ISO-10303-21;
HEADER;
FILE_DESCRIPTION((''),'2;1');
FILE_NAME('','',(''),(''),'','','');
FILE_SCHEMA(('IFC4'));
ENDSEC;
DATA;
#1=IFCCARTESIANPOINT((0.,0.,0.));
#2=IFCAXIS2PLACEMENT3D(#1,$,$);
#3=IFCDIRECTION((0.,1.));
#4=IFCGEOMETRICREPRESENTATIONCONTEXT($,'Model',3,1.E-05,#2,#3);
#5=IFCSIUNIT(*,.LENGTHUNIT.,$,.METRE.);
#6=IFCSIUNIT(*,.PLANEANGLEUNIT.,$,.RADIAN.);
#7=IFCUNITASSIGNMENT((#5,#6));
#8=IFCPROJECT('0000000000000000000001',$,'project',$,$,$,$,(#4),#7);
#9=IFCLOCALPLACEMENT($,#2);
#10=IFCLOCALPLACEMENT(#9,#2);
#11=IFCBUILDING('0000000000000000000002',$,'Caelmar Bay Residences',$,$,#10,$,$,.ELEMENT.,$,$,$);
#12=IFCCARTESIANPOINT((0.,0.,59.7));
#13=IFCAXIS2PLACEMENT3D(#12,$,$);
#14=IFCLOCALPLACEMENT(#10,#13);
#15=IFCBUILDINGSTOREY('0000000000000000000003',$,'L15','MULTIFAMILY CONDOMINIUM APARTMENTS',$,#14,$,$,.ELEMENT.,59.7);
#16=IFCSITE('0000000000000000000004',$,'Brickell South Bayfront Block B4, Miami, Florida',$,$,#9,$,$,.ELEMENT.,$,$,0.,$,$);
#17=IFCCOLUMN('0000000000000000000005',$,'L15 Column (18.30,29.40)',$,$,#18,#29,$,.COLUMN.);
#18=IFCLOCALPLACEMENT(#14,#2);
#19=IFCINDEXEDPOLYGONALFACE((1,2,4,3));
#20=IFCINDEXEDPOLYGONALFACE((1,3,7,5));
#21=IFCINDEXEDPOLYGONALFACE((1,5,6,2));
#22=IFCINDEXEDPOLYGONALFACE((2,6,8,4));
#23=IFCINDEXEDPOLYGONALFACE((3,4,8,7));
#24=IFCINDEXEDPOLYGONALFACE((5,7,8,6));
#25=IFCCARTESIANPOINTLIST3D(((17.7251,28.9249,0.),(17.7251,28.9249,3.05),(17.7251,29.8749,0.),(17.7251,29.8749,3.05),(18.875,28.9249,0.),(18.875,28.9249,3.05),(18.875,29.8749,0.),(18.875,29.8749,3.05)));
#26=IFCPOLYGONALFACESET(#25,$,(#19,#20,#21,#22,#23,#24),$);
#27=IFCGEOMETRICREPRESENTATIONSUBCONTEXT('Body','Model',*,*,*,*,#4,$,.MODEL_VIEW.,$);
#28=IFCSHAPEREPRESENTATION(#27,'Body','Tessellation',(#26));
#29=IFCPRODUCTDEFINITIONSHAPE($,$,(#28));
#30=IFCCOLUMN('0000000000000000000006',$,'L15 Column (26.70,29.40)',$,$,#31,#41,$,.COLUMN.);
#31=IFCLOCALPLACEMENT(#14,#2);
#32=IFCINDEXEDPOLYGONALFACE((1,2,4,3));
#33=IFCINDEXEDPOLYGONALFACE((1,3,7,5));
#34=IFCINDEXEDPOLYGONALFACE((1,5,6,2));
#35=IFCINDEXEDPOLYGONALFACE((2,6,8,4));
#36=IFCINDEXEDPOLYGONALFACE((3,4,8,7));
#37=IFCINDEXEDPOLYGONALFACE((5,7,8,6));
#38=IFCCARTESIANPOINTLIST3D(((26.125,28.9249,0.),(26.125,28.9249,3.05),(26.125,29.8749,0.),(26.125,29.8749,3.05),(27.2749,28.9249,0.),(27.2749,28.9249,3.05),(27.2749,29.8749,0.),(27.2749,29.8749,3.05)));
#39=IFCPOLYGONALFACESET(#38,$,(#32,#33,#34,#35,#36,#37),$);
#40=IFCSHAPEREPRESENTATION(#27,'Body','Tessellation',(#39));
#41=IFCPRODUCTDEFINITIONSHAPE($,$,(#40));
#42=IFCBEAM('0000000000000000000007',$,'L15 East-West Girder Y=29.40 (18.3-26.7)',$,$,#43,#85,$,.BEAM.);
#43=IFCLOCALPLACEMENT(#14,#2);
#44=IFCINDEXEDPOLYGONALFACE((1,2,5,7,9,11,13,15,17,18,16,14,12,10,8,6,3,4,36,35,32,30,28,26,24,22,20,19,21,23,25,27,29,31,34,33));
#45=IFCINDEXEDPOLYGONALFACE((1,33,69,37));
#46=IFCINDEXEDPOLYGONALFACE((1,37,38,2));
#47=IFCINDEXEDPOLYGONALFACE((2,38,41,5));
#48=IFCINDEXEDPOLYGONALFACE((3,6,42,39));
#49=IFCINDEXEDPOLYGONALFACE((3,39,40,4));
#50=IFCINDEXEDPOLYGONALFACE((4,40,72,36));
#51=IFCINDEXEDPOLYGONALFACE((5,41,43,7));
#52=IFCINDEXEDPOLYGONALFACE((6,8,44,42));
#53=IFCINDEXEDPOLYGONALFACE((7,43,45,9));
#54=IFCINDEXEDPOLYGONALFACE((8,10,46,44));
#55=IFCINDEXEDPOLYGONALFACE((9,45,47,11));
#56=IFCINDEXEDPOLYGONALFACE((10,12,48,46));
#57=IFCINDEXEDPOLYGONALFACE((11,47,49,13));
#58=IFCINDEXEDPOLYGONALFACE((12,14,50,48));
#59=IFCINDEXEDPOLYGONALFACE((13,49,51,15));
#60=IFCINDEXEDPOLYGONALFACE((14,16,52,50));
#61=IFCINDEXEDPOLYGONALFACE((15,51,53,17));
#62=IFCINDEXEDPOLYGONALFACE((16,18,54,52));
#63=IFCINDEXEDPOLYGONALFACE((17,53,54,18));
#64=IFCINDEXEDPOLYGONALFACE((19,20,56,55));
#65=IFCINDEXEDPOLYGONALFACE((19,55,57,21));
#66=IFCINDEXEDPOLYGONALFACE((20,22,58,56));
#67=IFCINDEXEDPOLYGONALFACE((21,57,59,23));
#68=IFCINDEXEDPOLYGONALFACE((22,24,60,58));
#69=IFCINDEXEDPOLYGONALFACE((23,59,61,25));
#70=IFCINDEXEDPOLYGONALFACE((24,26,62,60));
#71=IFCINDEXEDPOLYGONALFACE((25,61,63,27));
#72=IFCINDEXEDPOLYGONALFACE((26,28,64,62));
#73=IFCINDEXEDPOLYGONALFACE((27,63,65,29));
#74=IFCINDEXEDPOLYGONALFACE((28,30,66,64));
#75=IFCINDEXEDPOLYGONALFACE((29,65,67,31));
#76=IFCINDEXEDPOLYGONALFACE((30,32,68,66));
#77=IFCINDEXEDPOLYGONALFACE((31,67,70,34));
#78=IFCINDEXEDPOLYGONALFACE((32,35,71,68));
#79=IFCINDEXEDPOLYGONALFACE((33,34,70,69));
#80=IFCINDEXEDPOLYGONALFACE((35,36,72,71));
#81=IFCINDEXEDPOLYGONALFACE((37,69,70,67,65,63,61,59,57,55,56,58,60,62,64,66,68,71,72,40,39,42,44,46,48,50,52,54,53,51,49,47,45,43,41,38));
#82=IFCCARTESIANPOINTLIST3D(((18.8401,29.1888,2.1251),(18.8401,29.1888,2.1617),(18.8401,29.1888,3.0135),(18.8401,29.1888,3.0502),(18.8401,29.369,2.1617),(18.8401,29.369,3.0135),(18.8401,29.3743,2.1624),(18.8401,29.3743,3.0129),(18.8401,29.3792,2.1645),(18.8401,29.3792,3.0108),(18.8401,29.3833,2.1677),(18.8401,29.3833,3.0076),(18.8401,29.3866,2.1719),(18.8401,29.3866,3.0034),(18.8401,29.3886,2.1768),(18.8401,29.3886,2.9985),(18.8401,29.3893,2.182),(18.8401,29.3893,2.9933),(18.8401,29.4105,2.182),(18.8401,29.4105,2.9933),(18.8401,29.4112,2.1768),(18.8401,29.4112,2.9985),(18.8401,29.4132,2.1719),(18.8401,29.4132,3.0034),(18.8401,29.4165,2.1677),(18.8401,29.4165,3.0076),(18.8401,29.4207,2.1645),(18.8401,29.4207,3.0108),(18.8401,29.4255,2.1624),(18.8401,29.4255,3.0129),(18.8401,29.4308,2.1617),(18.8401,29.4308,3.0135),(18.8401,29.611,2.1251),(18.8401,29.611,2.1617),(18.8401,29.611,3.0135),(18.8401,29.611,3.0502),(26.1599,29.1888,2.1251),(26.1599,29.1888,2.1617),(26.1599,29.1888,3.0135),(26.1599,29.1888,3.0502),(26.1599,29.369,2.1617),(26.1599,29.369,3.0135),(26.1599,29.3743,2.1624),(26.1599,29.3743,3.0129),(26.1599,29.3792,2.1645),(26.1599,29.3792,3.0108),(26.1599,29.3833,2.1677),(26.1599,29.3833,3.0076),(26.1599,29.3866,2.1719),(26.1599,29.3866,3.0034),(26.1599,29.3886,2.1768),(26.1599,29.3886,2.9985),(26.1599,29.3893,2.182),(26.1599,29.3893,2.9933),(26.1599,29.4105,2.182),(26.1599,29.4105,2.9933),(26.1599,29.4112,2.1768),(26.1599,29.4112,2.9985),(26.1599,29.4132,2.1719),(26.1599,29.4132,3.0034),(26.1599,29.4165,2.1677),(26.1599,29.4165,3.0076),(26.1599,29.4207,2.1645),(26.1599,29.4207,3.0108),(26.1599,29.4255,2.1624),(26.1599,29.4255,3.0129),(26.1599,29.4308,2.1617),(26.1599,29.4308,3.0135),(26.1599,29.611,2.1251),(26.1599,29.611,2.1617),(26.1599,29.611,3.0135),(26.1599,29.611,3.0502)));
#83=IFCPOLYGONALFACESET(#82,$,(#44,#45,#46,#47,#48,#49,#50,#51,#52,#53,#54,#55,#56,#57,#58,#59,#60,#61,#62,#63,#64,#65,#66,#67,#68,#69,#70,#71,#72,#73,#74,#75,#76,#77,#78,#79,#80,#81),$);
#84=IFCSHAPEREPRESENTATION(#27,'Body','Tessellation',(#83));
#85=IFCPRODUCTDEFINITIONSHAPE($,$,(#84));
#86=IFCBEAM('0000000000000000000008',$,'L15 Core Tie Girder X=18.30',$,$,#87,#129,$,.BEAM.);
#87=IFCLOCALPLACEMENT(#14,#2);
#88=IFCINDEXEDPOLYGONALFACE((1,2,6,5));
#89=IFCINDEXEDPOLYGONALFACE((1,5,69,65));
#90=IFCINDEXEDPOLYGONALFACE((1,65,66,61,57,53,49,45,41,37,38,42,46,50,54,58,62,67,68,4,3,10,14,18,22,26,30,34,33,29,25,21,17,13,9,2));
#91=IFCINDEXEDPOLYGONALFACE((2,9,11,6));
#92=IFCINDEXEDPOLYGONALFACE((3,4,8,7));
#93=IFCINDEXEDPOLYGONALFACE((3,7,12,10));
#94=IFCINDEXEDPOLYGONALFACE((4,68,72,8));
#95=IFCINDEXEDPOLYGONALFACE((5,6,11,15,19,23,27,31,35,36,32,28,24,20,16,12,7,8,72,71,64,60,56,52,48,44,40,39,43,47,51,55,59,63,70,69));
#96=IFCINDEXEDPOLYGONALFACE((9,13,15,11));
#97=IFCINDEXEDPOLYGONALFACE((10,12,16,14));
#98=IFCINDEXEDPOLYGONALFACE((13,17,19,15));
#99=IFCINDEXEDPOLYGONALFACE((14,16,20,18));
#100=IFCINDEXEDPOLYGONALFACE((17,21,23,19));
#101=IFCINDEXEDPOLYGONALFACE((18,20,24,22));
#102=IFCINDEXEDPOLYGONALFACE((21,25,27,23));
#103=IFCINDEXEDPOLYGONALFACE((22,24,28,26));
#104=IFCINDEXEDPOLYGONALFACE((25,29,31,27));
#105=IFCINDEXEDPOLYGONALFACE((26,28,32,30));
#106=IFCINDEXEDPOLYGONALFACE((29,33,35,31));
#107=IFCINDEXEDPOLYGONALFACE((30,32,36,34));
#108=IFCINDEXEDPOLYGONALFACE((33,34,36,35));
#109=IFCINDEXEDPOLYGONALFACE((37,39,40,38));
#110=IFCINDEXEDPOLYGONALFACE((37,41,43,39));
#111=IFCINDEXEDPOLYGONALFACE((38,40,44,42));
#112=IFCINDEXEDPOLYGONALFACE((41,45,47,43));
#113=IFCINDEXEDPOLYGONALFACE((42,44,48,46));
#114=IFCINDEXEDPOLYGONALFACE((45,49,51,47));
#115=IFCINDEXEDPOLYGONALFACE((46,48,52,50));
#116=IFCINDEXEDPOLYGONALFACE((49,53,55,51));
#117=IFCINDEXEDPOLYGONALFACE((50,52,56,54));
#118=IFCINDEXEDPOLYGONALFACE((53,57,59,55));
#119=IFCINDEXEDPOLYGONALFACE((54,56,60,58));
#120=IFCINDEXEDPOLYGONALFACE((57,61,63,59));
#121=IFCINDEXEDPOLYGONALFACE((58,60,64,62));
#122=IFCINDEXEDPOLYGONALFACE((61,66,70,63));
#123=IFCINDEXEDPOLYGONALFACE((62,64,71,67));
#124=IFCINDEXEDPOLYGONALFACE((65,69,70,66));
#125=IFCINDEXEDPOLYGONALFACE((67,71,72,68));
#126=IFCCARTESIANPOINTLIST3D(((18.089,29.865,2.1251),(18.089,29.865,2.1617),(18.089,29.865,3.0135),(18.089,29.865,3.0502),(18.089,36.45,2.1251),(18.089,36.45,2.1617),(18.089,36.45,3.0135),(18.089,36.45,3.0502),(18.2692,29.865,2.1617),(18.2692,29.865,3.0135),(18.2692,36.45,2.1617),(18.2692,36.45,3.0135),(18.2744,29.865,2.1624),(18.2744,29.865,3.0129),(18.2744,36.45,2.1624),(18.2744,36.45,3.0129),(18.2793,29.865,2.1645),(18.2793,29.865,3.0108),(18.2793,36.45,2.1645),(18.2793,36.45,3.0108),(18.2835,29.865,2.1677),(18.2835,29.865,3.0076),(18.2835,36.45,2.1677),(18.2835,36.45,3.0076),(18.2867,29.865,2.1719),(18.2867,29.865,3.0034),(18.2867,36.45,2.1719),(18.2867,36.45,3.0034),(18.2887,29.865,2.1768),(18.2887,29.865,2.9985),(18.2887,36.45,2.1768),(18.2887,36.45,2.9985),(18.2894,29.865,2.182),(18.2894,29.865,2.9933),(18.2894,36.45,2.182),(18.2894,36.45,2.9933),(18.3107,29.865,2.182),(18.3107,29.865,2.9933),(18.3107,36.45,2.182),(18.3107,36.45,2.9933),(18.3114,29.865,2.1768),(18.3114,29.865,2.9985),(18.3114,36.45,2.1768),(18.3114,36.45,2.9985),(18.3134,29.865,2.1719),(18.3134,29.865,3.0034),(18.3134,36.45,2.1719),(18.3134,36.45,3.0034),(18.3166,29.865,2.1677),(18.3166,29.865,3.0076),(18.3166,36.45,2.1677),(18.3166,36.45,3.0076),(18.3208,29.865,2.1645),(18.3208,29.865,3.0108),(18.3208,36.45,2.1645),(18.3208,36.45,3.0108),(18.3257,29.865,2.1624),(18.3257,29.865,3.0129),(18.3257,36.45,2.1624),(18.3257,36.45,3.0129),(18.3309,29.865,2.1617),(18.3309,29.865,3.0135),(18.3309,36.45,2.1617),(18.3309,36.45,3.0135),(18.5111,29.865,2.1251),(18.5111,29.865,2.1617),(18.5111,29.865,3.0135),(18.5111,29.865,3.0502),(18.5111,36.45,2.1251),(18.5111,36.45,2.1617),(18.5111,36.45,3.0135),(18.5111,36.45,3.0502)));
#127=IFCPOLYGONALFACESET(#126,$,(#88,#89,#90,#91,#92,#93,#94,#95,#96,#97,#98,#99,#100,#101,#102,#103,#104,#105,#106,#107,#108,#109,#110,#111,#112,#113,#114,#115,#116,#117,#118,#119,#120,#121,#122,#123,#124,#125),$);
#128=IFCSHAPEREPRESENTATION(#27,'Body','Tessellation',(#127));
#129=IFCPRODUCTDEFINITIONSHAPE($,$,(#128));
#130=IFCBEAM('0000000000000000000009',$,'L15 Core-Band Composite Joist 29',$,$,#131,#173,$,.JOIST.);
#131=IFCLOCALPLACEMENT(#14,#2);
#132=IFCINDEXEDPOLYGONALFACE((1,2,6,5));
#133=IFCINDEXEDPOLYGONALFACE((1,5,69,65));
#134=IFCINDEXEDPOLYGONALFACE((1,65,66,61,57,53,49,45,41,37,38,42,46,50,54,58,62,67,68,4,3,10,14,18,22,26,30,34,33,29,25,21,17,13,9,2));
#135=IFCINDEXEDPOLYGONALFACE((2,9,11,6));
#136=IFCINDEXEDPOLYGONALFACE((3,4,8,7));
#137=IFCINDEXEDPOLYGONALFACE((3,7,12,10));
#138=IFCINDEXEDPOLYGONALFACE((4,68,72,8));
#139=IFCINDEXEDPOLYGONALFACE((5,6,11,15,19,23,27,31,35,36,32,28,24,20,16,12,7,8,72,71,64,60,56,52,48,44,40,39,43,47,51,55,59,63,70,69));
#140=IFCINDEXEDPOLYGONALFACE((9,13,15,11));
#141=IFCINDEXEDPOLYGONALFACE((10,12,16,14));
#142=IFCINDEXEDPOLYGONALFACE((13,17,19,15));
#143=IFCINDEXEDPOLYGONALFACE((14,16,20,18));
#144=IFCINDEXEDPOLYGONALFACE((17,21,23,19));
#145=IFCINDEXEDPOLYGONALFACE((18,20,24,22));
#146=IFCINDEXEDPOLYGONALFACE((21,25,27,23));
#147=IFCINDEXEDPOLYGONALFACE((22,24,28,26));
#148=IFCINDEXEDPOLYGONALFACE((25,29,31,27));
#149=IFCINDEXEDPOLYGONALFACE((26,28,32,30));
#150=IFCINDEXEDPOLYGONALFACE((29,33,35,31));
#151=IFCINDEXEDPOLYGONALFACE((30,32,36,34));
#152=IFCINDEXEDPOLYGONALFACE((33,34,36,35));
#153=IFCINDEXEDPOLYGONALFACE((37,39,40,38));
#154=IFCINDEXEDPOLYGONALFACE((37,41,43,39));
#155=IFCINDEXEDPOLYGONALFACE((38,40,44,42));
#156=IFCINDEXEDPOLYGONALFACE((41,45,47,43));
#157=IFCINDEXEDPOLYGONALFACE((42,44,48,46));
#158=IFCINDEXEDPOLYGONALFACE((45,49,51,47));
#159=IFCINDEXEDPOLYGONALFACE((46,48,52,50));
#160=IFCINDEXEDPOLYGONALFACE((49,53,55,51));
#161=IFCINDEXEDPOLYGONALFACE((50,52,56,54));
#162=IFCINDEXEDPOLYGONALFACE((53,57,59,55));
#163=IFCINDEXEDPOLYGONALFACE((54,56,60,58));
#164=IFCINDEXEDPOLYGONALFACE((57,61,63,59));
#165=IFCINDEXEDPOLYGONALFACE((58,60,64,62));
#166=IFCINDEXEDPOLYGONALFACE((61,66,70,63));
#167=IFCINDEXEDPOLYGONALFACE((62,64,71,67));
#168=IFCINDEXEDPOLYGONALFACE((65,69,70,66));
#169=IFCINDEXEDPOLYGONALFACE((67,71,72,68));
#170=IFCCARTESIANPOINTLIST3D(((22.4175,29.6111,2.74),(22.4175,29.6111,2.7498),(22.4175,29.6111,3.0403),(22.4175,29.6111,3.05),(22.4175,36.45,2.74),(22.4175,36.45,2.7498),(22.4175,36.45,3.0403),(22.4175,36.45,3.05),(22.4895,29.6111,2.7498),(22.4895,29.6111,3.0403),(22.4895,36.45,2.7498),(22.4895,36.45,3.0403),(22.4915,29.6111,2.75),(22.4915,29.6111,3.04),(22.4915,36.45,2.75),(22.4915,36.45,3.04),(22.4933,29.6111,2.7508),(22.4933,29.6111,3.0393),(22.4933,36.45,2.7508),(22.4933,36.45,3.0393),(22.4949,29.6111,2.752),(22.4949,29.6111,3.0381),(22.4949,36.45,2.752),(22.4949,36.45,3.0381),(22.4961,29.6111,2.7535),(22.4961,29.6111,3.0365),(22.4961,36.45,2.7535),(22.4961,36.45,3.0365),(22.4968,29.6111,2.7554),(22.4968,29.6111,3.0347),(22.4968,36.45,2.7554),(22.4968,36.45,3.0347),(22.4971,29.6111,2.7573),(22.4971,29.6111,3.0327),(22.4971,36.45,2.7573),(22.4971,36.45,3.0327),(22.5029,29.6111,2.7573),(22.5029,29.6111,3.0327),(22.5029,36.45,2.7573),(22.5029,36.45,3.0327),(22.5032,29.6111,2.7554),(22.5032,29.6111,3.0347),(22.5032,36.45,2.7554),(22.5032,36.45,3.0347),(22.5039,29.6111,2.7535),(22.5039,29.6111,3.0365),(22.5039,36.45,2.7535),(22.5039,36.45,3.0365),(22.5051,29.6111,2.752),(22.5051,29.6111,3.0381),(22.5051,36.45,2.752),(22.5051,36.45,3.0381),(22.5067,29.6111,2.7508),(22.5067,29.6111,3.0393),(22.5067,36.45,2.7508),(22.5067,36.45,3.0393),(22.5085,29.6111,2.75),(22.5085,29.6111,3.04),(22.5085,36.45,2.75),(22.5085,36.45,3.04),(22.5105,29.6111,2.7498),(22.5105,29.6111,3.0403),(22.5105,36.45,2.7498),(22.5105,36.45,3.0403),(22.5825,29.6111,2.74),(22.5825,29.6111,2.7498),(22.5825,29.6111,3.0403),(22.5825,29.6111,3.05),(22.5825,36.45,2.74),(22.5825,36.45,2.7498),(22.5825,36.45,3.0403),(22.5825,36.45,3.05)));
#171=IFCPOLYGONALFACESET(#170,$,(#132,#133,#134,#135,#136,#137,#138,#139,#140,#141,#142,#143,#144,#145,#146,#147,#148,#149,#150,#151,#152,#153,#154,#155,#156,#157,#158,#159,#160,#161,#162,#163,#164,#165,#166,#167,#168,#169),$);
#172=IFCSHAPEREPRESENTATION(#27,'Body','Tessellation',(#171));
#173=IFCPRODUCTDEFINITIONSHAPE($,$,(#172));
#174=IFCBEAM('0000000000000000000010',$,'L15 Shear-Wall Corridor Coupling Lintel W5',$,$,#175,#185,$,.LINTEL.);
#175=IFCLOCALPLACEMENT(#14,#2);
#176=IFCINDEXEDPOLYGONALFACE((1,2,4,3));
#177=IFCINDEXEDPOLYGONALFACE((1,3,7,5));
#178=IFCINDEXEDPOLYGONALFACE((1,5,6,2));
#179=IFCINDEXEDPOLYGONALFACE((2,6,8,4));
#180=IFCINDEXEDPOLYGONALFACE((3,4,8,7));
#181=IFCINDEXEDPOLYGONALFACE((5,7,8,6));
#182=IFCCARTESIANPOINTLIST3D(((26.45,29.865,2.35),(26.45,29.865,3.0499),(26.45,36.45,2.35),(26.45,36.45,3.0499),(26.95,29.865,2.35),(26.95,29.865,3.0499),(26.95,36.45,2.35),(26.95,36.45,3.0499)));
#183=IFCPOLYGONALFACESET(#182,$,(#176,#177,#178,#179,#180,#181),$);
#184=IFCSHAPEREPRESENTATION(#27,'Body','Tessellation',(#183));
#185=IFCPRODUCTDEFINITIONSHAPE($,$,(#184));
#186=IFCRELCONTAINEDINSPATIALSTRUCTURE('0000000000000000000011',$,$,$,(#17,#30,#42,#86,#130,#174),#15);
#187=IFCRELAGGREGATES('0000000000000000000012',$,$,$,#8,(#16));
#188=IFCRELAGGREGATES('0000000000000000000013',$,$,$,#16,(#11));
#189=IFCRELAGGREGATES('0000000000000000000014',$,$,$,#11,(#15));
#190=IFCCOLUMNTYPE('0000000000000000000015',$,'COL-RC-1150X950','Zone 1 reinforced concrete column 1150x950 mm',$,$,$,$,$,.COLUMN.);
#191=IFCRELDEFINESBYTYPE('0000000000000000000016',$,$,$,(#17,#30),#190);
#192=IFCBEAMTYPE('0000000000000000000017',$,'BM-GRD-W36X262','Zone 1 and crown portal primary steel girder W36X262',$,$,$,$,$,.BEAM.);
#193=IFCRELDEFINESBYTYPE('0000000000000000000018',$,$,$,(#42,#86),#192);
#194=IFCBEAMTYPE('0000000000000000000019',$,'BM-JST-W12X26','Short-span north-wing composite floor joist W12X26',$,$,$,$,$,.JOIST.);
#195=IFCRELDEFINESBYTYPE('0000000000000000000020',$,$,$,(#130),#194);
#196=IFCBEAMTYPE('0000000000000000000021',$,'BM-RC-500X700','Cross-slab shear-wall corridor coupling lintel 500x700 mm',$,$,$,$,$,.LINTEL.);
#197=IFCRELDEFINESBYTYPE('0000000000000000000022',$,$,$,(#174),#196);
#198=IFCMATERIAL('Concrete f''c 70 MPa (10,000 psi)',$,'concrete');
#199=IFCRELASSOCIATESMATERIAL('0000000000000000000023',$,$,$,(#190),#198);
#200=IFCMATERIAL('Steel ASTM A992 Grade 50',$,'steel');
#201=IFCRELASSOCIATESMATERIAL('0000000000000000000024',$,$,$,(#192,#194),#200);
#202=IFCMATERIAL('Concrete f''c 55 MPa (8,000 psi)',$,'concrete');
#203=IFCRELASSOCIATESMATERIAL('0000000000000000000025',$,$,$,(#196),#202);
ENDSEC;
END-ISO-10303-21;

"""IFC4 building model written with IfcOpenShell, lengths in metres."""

from ifc_helpers import new_model, si_unit, direction, frame, origin, origin_2d, place, context, subcontext, project, spatial, rectangle, i_section, extrude, material, material_profile, profile_set, type_object, element, save


model = new_model("IFC4")

# Units and contexts
model_context = context("Model", 3, precision=1e-05, world=origin(), true_north=direction((0.0, 1.0)))
body_context = subcontext(model_context, "Body", "Model", "MODEL_VIEW")
ifc_project = project(units=[si_unit("LENGTHUNIT", "METRE"), si_unit("PLANEANGLEUNIT", "RADIAN")], contexts=[model_context])

# Site, building, storey
site_placement = place(None, origin())
site = spatial("IfcSite", under=ifc_project, at=site_placement, Name="Brickell South Bayfront Block B4, Miami, Florida", CompositionType="ELEMENT", RefElevation=0.0)
building_placement = place(site_placement, origin())
building = spatial("IfcBuilding", under=site, at=building_placement, Name="Caelmar Bay Residences", CompositionType="ELEMENT")
storey_placement = place(building_placement, frame((0.0, 0.0, 59.7)))
storey = spatial("IfcBuildingStorey", under=building, at=storey_placement, Name="L15", Description="MULTIFAMILY CONDOMINIUM APARTMENTS", CompositionType="ELEMENT", Elevation=59.7)

# Columns
ifc_material_1 = material(Name="Concrete f'c 70 MPa (10,000 psi)", Category="concrete")
ifc_material_profile_1 = material_profile(ifc_material_1, rectangle(XDim=1.1499, YDim=0.95, at=origin_2d()), Name="RC-COL-1150X950")
ifc_profile_set_1 = profile_set([ifc_material_profile_1], Name="Concrete f'c 70 MPa (10,000 psi)")
column_type = type_object("IfcColumnType", Name="COL-RC-1150X950", Description="Zone 1 reinforced concrete column 1150x950 mm", PredefinedType="COLUMN", material=ifc_profile_set_1)
for number, where, z_axis, x_axis, name in (
    (1, (18.3, 29.3999, 0.0), (0.0, 0.0, 1.0), (1.0, 0.0, 0.0), "L15 Column (18.30,29.40)"),
    (2, (26.7, 29.3999, 0.0), (0.0, 0.0, 1.0), (1.0, 0.0, 0.0), "L15 Column (26.70,29.40)"),
):
    element("IfcColumn", number, at=place(storey_placement, frame(where, z_axis=z_axis, x_axis=x_axis)), inside=storey, type_object=column_type, Name=name, PredefinedType="COLUMN", context=body_context, shape_type="SweptSolid", body=[
        extrude(rectangle(XDim=1.1499, YDim=0.95, at=origin_2d()), origin(), (0.0, 0.0, 1.0), 3.05),
    ])

# Beams
ifc_material_2 = material(Name="Steel ASTM A992 Grade 50", Category="steel")
ifc_material_profile_2 = material_profile(ifc_material_2, i_section(OverallWidth=0.4221, OverallDepth=0.925, WebThickness=0.0212, FlangeThickness=0.0366, FilletRadius=0.0203, at=origin_2d()), Name="W36X262")
ifc_profile_set_2 = profile_set([ifc_material_profile_2], Name="Steel ASTM A992 Grade 50")
beam_type_1 = type_object("IfcBeamType", Name="BM-GRD-W36X262", Description="Zone 1 and crown portal primary steel girder W36X262", PredefinedType="BEAM", material=ifc_profile_set_2)
beam_1_placement = place(storey_placement, frame((18.8401, 29.3999, 2.5876), z_axis=(1.0, 0.0, 0.0), x_axis=(0.0, 1.0, 0.0)))
element("IfcBeam", 3, at=beam_1_placement, inside=storey, type_object=beam_type_1, Name="L15 East-West Girder Y=29.40 (18.3-26.7)", PredefinedType="BEAM", context=body_context, shape_type="SweptSolid", body=[
    extrude(i_section(OverallWidth=0.4221, OverallDepth=0.925, WebThickness=0.0212, FlangeThickness=0.0366, FilletRadius=0.0203, at=origin_2d()), origin(), (0.0, 0.0, 1.0), 7.3198),
])
beam_2_placement = place(storey_placement, frame((18.3, 29.865, 2.5876), z_axis=(0.0, 1.0, 0.0), x_axis=(-1.0, 0.0, 0.0)))
element("IfcBeam", 4, at=beam_2_placement, inside=storey, type_object=beam_type_1, Name="L15 Core Tie Girder X=18.30", PredefinedType="BEAM", context=body_context, shape_type="SweptSolid", body=[
    extrude(i_section(OverallWidth=0.4221, OverallDepth=0.925, WebThickness=0.0212, FlangeThickness=0.0366, FilletRadius=0.0203, at=origin_2d()), origin(), (0.0, 0.0, 1.0), 6.585),
])
ifc_material_profile_3 = material_profile(ifc_material_2, i_section(OverallWidth=0.165, OverallDepth=0.3101, WebThickness=0.0059, FlangeThickness=0.0098, FilletRadius=0.0076, at=origin_2d()), Name="W12X26")
ifc_profile_set_3 = profile_set([ifc_material_profile_3], Name="Steel ASTM A992 Grade 50")
beam_type_2 = type_object("IfcBeamType", Name="BM-JST-W12X26", Description="Short-span north-wing composite floor joist W12X26", PredefinedType="JOIST", material=ifc_profile_set_3)
beam_3_placement = place(storey_placement, frame((22.5, 29.6111, 2.895), z_axis=(0.0, 1.0, 0.0), x_axis=(-1.0, 0.0, 0.0)))
element("IfcBeam", 5, at=beam_3_placement, inside=storey, type_object=beam_type_2, Name="L15 Core-Band Composite Joist 29", PredefinedType="JOIST", context=body_context, shape_type="SweptSolid", body=[
    extrude(i_section(OverallWidth=0.165, OverallDepth=0.3101, WebThickness=0.0059, FlangeThickness=0.0098, FilletRadius=0.0076, at=origin_2d()), origin(), (0.0, 0.0, 1.0), 6.8389),
])
ifc_material_3 = material(Name="Concrete f'c 55 MPa (8,000 psi)", Category="concrete")
ifc_material_profile_4 = material_profile(ifc_material_3, rectangle(XDim=0.5, YDim=0.7, at=origin_2d()), Name="RC-BM-500X700")
ifc_profile_set_4 = profile_set([ifc_material_profile_4], Name="Concrete f'c 55 MPa (8,000 psi)")
beam_type_3 = type_object("IfcBeamType", Name="BM-RC-500X700", Description="Cross-slab shear-wall corridor coupling lintel 500x700 mm", PredefinedType="LINTEL", material=ifc_profile_set_4)
beam_4_placement = place(storey_placement, frame((26.7, 29.865, 2.7), z_axis=(0.0, 1.0, 0.0), x_axis=(-1.0, 0.0, 0.0)))
element("IfcBeam", 6, at=beam_4_placement, inside=storey, type_object=beam_type_3, Name="L15 Shear-Wall Corridor Coupling Lintel W5", PredefinedType="LINTEL", context=body_context, shape_type="SweptSolid", body=[
    extrude(rectangle(XDim=0.5, YDim=0.7, at=origin_2d()), origin(), (0.0, 0.0, 1.0), 6.585),
])

save(model, "model.ifc")
